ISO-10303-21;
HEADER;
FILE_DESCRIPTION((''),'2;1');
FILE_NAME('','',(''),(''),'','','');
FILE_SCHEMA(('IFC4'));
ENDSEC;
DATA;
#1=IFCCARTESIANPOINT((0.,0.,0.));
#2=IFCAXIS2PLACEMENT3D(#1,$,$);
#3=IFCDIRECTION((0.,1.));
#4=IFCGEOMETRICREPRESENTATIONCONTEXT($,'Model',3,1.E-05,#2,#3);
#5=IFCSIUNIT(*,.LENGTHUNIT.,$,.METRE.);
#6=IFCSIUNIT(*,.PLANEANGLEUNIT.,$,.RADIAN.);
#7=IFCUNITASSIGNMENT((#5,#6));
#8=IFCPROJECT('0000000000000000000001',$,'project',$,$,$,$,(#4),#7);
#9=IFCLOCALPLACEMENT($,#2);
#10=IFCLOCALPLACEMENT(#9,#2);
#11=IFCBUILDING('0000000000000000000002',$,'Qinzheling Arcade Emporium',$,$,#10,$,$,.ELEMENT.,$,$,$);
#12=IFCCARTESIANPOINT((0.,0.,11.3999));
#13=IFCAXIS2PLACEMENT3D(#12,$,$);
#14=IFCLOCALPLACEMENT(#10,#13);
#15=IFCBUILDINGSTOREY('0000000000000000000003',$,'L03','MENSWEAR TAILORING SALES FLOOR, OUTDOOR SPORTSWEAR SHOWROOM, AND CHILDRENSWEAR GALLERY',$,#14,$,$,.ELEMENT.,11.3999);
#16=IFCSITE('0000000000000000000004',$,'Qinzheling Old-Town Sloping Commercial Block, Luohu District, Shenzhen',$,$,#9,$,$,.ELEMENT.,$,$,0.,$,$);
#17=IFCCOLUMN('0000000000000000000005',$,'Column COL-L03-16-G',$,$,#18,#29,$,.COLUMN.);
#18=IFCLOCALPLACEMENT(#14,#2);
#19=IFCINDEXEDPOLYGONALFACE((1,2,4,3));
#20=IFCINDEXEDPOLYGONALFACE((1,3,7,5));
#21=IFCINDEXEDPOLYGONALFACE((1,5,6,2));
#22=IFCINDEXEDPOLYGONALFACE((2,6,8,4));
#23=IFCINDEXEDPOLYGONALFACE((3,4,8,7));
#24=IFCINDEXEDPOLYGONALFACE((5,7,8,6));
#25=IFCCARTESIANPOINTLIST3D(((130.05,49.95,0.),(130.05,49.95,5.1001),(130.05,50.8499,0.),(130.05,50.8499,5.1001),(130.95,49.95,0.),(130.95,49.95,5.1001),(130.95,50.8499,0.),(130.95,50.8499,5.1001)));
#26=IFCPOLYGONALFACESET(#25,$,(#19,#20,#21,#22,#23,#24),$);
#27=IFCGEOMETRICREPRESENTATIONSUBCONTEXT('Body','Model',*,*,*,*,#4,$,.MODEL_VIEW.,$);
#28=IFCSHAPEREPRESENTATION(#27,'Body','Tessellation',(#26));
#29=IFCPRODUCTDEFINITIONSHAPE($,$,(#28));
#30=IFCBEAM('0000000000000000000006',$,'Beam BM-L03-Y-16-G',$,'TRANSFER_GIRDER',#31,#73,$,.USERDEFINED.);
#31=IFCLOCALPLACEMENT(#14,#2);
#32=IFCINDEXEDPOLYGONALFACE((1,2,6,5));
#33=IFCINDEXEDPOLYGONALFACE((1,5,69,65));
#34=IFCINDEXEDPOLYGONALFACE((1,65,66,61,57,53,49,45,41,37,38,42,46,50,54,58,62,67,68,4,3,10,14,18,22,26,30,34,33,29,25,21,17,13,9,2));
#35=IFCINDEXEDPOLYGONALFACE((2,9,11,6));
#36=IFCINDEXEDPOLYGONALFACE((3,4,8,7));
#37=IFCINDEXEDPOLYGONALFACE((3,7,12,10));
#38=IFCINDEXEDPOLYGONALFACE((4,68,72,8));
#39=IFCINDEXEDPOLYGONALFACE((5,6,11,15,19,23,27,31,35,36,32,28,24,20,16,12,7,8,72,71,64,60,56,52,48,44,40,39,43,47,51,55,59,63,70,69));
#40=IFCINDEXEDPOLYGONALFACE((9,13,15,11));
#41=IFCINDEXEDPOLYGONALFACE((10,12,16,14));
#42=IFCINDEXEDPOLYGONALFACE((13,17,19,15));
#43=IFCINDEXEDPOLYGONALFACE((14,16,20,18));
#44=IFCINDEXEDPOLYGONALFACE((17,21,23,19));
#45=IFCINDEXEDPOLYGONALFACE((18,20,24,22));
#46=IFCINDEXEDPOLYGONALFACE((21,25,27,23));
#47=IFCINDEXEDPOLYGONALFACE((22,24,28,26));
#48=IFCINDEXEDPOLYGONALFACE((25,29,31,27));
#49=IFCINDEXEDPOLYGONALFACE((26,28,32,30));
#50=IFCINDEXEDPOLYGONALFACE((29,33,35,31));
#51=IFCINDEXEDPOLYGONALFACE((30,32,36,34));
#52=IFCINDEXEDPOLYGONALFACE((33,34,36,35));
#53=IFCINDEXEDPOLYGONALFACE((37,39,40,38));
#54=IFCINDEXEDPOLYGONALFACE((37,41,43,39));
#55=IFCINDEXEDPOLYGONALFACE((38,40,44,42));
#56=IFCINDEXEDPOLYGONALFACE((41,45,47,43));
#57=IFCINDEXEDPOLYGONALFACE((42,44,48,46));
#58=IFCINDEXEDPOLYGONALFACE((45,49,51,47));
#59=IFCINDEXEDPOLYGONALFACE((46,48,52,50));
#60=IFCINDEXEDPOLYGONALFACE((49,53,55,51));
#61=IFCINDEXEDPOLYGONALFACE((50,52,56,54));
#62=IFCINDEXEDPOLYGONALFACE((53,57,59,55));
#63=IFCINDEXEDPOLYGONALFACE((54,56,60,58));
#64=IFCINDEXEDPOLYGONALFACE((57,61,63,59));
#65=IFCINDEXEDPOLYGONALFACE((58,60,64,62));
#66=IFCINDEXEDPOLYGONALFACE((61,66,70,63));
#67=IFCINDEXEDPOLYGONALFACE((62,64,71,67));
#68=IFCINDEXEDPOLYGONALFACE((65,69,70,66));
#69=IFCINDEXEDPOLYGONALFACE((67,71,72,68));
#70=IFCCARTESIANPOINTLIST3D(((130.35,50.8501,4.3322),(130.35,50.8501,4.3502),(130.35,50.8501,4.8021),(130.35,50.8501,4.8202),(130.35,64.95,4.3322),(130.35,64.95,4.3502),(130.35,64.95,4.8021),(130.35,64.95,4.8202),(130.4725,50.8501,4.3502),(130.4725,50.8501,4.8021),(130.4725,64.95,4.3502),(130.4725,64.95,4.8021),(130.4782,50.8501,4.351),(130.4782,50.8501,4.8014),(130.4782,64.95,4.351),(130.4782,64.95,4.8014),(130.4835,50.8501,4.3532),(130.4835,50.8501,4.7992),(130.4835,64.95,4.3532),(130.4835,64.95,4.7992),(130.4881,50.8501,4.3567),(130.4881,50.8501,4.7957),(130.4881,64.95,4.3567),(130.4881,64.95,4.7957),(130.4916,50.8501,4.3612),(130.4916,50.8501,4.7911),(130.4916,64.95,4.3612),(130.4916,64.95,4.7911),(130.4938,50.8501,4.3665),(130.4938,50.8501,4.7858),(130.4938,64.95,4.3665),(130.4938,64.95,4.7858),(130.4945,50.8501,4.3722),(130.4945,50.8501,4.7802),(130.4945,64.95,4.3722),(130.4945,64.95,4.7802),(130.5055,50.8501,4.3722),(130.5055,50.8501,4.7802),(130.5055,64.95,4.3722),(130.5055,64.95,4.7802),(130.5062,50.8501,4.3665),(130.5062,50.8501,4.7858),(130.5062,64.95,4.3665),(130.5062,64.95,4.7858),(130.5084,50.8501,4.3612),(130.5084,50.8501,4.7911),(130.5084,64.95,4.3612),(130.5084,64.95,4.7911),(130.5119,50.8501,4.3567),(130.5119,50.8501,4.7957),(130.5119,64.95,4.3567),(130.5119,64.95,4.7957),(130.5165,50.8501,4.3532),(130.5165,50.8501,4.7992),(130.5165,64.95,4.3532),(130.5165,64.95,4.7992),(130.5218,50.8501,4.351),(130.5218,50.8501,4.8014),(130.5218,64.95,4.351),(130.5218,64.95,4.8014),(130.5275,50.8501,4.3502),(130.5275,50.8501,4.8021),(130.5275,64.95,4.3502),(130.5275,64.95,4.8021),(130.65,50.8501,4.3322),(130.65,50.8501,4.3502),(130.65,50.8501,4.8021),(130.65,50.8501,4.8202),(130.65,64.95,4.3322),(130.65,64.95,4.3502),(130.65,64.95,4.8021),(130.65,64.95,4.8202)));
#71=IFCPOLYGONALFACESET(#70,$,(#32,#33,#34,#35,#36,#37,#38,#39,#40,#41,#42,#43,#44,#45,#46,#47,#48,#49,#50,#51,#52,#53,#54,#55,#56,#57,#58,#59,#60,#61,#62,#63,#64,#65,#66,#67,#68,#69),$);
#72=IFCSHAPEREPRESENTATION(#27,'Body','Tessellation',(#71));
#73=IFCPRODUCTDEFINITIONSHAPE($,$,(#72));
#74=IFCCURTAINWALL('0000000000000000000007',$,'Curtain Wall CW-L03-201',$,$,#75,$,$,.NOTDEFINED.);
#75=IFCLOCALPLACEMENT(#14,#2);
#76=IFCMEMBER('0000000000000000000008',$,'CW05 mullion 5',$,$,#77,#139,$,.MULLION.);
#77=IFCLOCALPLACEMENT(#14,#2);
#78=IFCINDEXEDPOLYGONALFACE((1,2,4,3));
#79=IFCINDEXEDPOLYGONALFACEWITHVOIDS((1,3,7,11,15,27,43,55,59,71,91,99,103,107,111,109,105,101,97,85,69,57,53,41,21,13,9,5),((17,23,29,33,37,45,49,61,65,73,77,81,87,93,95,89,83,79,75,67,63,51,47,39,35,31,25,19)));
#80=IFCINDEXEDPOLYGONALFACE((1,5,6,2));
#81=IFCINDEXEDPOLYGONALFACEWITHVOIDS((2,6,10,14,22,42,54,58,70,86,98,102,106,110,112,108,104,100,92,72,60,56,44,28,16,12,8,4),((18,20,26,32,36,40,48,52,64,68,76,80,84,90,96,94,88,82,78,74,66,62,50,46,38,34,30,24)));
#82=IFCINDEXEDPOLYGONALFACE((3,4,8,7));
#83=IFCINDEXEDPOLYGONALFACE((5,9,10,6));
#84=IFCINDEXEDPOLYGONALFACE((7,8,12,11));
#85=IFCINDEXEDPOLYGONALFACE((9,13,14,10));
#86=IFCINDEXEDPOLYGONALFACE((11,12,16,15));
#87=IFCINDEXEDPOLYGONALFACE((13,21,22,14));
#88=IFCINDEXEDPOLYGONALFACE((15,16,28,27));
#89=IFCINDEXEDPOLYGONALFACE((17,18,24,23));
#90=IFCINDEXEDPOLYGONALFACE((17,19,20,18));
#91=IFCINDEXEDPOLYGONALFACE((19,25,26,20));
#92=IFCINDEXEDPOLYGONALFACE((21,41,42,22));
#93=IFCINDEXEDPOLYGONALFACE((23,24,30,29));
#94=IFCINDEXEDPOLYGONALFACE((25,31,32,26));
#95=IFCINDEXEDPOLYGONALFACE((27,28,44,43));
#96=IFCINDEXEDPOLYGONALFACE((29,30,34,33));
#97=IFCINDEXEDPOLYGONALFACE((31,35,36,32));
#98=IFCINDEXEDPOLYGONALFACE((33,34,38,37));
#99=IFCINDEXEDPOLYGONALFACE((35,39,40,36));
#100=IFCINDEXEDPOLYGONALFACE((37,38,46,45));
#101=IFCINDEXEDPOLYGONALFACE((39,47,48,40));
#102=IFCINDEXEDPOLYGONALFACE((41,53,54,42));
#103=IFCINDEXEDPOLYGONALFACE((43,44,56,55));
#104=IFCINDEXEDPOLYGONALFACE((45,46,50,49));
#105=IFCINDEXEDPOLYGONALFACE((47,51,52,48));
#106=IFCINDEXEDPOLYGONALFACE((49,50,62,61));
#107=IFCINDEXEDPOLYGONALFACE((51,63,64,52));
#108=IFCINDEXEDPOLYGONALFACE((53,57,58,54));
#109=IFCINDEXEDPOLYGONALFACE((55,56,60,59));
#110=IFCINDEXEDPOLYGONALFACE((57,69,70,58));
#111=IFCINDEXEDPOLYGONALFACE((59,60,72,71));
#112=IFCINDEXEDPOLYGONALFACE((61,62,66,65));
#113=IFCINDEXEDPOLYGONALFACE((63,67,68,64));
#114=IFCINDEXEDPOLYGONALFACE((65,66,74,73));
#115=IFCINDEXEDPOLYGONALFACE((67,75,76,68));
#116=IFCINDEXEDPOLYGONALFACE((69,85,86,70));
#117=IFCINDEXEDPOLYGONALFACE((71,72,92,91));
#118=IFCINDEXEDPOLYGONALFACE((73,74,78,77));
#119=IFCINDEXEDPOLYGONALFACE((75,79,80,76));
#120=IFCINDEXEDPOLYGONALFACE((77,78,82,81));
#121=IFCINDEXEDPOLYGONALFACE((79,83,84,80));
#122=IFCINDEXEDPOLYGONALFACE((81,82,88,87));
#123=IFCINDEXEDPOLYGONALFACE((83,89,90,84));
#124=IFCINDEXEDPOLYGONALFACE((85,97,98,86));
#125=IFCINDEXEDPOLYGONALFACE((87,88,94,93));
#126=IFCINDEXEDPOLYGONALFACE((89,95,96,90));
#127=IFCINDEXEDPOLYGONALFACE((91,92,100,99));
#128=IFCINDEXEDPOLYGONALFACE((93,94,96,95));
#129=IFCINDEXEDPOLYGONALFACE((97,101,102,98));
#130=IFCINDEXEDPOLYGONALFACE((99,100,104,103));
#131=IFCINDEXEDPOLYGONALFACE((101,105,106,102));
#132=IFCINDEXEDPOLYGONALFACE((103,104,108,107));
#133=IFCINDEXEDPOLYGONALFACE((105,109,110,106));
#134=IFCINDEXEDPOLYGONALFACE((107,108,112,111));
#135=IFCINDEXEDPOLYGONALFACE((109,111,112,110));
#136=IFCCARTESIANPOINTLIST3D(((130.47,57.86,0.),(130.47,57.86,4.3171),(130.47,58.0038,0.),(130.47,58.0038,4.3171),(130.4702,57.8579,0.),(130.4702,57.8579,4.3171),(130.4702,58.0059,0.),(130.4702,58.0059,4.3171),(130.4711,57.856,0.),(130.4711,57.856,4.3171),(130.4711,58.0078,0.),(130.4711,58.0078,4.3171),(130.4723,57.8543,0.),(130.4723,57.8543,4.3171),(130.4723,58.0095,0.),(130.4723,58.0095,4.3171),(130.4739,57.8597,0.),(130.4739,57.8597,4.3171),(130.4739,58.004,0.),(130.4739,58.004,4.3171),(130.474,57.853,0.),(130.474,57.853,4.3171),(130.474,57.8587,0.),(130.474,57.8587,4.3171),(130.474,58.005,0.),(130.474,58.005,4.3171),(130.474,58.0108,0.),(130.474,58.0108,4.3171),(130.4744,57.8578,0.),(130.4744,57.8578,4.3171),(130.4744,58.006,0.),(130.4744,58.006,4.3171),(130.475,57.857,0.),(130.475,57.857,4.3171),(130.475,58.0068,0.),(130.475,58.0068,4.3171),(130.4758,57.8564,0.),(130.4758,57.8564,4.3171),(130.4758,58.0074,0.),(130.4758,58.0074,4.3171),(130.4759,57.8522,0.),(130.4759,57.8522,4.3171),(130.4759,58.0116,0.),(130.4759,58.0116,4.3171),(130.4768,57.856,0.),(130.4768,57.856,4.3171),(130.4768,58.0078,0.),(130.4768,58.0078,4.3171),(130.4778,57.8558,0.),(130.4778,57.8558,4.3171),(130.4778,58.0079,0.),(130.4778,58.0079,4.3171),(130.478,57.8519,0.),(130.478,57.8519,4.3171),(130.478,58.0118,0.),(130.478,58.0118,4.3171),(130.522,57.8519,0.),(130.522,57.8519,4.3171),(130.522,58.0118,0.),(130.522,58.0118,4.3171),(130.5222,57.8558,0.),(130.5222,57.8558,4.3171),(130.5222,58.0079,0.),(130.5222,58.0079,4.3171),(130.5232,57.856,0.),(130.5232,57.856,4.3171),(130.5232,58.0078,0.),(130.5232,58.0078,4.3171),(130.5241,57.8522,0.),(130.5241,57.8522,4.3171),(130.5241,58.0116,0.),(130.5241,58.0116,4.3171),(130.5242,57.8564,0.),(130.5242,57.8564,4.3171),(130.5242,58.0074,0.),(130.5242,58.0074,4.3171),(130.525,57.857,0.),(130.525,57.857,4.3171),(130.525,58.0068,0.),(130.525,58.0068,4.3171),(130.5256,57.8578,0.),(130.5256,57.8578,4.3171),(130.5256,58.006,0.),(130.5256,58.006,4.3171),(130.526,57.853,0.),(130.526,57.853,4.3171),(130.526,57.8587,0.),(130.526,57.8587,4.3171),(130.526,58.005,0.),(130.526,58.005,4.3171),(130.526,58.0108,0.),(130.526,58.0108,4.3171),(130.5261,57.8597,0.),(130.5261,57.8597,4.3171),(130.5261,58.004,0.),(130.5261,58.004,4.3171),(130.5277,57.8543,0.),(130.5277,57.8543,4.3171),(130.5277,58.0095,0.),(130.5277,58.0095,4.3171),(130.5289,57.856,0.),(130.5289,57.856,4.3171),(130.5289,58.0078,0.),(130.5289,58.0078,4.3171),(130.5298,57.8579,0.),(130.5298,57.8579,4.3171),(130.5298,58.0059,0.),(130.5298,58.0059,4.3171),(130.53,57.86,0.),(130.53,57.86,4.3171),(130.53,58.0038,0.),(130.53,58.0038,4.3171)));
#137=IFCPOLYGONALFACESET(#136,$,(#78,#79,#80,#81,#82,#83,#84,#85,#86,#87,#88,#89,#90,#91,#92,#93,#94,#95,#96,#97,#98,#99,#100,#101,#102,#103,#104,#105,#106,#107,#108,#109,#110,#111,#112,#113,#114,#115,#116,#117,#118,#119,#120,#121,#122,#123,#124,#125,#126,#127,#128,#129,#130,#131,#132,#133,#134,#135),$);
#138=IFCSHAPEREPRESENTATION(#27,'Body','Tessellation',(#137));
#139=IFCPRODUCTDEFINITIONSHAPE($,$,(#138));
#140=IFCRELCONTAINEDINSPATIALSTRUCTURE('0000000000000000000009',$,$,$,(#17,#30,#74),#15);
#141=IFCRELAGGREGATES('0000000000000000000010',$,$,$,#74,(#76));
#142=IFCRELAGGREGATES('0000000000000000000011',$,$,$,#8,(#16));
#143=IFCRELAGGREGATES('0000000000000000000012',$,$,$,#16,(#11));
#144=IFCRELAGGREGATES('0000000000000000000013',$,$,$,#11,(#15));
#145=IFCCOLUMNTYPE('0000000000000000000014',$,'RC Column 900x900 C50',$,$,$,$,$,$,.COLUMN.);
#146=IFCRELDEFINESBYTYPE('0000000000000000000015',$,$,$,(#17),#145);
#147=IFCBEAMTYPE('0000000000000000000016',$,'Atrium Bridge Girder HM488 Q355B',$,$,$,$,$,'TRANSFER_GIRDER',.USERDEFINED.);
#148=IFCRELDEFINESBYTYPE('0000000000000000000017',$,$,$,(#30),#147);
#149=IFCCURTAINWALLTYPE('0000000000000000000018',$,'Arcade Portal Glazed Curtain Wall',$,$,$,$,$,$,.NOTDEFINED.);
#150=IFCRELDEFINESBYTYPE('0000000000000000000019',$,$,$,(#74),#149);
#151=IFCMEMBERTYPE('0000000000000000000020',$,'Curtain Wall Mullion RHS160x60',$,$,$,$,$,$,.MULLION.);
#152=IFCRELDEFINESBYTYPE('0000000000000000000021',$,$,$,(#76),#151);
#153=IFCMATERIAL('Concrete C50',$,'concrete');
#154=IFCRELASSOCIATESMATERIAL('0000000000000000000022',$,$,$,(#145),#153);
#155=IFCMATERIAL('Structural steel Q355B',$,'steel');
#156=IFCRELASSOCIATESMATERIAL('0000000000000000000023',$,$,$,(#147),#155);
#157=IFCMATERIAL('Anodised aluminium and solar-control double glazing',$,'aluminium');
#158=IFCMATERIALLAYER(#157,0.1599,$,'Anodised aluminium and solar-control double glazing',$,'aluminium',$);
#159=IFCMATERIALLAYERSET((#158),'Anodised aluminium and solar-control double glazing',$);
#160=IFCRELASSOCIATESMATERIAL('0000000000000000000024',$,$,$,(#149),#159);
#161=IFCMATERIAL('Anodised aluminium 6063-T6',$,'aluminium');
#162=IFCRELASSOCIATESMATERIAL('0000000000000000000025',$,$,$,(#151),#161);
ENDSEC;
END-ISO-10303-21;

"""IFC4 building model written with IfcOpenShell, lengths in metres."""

from ifc_helpers import new_model, si_unit, direction, frame, origin, origin_2d, place, context, subcontext, project, spatial, rectangle, hollow_rectangle, i_section, extrude, material, layer, layer_set, material_profile, profile_set, type_object, element, aggregate, save


model = new_model("IFC4")

# Units and contexts
model_context = context("Model", 3, precision=1e-05, world=origin(), true_north=direction((0.0, 1.0)))
body_context = subcontext(model_context, "Body", "Model", "MODEL_VIEW")
ifc_project = project(units=[si_unit("LENGTHUNIT", "METRE"), si_unit("PLANEANGLEUNIT", "RADIAN")], contexts=[model_context])

# Site, building, storey
site_placement = place(None, origin())
site = spatial("IfcSite", under=ifc_project, at=site_placement, Name="Qinzheling Old-Town Sloping Commercial Block, Luohu District, Shenzhen", CompositionType="ELEMENT", RefElevation=0.0)
building_placement = place(site_placement, origin())
building = spatial("IfcBuilding", under=site, at=building_placement, Name="Qinzheling Arcade Emporium", CompositionType="ELEMENT")
storey_placement = place(building_placement, frame((0.0, 0.0, 11.3999)))
storey = spatial("IfcBuildingStorey", under=building, at=storey_placement, Name="L03", Description="MENSWEAR TAILORING SALES FLOOR, OUTDOOR SPORTSWEAR SHOWROOM, AND CHILDRENSWEAR GALLERY", CompositionType="ELEMENT", Elevation=11.3999)

# Column
ifc_material_1 = material(Name="Concrete C50", Category="concrete")
ifc_material_profile_1 = material_profile(ifc_material_1, rectangle(XDim=0.8999, YDim=0.8999, at=origin_2d()), Name="RC 900x900", Category="concrete")
ifc_profile_set_1 = profile_set([ifc_material_profile_1], Name="Concrete C50")
column_type = type_object("IfcColumnType", Name="RC Column 900x900 C50", PredefinedType="COLUMN", material=ifc_profile_set_1)
column_placement = place(storey_placement, frame((130.5, 50.3999, 0.0), z_axis=(0.0, 0.0, 1.0), x_axis=(1.0, 0.0, 0.0)))
element("IfcColumn", 1, at=column_placement, inside=storey, type_object=column_type, Name="Column COL-L03-16-G", PredefinedType="COLUMN", context=body_context, shape_type="SweptSolid", body=[
    extrude(rectangle(XDim=0.8999, YDim=0.8999, at=origin_2d()), origin(), (0.0, 0.0, 1.0), 5.1001),
])

# Beam
ifc_material_2 = material(Name="Structural steel Q355B", Category="steel")
ifc_material_profile_2 = material_profile(ifc_material_2, i_section(OverallWidth=0.3, OverallDepth=0.488, WebThickness=0.011, FlangeThickness=0.0181, FilletRadius=0.022, at=origin_2d()), Name="HM 488x300x11x18", Category="steel")
ifc_profile_set_2 = profile_set([ifc_material_profile_2], Name="Structural steel Q355B")
beam_type = type_object("IfcBeamType", Name="Atrium Bridge Girder HM488 Q355B", ElementType="TRANSFER_GIRDER", PredefinedType="USERDEFINED", material=ifc_profile_set_2)
beam_placement = place(storey_placement, frame((130.5, 50.8501, 4.5762), z_axis=(0.0, 1.0, 0.0), x_axis=(-1.0, 0.0, 0.0)))
element("IfcBeam", 2, at=beam_placement, inside=storey, type_object=beam_type, Name="Beam BM-L03-Y-16-G", ObjectType="TRANSFER_GIRDER", PredefinedType="USERDEFINED", context=body_context, shape_type="SweptSolid", body=[
    extrude(i_section(OverallWidth=0.3, OverallDepth=0.488, WebThickness=0.011, FlangeThickness=0.0181, FilletRadius=0.022, at=origin_2d()), origin(), (0.0, 0.0, 1.0), 14.0999),
])

# Curtain wall, member
ifc_material_3 = material(Name="Anodised aluminium and solar-control double glazing", Category="aluminium")
ifc_layer_1 = layer(ifc_material_3, 0.1599, Name="Anodised aluminium and solar-control double glazing", Category="aluminium")
ifc_layer_set_1 = layer_set([ifc_layer_1], Name="Anodised aluminium and solar-control double glazing")
curtain_wall_type = type_object("IfcCurtainWallType", Name="Arcade Portal Glazed Curtain Wall", PredefinedType="NOTDEFINED", material=ifc_layer_set_1)
curtain_wall_1_placement = place(storey_placement, origin())
curtain_wall_1 = element("IfcCurtainWall", 3, at=curtain_wall_1_placement, inside=storey, type_object=curtain_wall_type, Name="Curtain Wall CW-L03-201", PredefinedType="NOTDEFINED")
ifc_material_4 = material(Name="Anodised aluminium 6063-T6", Category="aluminium")
ifc_material_profile_3 = material_profile(ifc_material_4, hollow_rectangle(XDim=0.0601, YDim=0.1599, WallThickness=0.0039, InnerFilletRadius=0.0039, OuterFilletRadius=0.0081, at=origin_2d()), Name="RHS 160x60x4", Category="aluminium")
ifc_profile_set_3 = profile_set([ifc_material_profile_3], Name="Anodised aluminium 6063-T6")
member_type_1 = type_object("IfcMemberType", Name="Curtain Wall Mullion RHS160x60", PredefinedType="MULLION", material=ifc_profile_set_3)
member_1_placement = place(storey_placement, frame((130.5, 57.9319, 0.0), z_axis=(0.0, 0.0, 1.0), x_axis=(1.0, 0.0, 0.0)))
member_1 = element("IfcMember", 4, at=member_1_placement, type_object=member_type_1, Name="CW05 mullion 5", PredefinedType="MULLION", context=body_context, shape_type="SweptSolid", body=[
    extrude(hollow_rectangle(XDim=0.0601, YDim=0.1599, WallThickness=0.0039, InnerFilletRadius=0.0039, OuterFilletRadius=0.0081, at=origin_2d()), origin(), (0.0, 0.0, 1.0), 4.3171),
])

aggregate(curtain_wall_1, [member_1])

save(model, "model.ifc")
